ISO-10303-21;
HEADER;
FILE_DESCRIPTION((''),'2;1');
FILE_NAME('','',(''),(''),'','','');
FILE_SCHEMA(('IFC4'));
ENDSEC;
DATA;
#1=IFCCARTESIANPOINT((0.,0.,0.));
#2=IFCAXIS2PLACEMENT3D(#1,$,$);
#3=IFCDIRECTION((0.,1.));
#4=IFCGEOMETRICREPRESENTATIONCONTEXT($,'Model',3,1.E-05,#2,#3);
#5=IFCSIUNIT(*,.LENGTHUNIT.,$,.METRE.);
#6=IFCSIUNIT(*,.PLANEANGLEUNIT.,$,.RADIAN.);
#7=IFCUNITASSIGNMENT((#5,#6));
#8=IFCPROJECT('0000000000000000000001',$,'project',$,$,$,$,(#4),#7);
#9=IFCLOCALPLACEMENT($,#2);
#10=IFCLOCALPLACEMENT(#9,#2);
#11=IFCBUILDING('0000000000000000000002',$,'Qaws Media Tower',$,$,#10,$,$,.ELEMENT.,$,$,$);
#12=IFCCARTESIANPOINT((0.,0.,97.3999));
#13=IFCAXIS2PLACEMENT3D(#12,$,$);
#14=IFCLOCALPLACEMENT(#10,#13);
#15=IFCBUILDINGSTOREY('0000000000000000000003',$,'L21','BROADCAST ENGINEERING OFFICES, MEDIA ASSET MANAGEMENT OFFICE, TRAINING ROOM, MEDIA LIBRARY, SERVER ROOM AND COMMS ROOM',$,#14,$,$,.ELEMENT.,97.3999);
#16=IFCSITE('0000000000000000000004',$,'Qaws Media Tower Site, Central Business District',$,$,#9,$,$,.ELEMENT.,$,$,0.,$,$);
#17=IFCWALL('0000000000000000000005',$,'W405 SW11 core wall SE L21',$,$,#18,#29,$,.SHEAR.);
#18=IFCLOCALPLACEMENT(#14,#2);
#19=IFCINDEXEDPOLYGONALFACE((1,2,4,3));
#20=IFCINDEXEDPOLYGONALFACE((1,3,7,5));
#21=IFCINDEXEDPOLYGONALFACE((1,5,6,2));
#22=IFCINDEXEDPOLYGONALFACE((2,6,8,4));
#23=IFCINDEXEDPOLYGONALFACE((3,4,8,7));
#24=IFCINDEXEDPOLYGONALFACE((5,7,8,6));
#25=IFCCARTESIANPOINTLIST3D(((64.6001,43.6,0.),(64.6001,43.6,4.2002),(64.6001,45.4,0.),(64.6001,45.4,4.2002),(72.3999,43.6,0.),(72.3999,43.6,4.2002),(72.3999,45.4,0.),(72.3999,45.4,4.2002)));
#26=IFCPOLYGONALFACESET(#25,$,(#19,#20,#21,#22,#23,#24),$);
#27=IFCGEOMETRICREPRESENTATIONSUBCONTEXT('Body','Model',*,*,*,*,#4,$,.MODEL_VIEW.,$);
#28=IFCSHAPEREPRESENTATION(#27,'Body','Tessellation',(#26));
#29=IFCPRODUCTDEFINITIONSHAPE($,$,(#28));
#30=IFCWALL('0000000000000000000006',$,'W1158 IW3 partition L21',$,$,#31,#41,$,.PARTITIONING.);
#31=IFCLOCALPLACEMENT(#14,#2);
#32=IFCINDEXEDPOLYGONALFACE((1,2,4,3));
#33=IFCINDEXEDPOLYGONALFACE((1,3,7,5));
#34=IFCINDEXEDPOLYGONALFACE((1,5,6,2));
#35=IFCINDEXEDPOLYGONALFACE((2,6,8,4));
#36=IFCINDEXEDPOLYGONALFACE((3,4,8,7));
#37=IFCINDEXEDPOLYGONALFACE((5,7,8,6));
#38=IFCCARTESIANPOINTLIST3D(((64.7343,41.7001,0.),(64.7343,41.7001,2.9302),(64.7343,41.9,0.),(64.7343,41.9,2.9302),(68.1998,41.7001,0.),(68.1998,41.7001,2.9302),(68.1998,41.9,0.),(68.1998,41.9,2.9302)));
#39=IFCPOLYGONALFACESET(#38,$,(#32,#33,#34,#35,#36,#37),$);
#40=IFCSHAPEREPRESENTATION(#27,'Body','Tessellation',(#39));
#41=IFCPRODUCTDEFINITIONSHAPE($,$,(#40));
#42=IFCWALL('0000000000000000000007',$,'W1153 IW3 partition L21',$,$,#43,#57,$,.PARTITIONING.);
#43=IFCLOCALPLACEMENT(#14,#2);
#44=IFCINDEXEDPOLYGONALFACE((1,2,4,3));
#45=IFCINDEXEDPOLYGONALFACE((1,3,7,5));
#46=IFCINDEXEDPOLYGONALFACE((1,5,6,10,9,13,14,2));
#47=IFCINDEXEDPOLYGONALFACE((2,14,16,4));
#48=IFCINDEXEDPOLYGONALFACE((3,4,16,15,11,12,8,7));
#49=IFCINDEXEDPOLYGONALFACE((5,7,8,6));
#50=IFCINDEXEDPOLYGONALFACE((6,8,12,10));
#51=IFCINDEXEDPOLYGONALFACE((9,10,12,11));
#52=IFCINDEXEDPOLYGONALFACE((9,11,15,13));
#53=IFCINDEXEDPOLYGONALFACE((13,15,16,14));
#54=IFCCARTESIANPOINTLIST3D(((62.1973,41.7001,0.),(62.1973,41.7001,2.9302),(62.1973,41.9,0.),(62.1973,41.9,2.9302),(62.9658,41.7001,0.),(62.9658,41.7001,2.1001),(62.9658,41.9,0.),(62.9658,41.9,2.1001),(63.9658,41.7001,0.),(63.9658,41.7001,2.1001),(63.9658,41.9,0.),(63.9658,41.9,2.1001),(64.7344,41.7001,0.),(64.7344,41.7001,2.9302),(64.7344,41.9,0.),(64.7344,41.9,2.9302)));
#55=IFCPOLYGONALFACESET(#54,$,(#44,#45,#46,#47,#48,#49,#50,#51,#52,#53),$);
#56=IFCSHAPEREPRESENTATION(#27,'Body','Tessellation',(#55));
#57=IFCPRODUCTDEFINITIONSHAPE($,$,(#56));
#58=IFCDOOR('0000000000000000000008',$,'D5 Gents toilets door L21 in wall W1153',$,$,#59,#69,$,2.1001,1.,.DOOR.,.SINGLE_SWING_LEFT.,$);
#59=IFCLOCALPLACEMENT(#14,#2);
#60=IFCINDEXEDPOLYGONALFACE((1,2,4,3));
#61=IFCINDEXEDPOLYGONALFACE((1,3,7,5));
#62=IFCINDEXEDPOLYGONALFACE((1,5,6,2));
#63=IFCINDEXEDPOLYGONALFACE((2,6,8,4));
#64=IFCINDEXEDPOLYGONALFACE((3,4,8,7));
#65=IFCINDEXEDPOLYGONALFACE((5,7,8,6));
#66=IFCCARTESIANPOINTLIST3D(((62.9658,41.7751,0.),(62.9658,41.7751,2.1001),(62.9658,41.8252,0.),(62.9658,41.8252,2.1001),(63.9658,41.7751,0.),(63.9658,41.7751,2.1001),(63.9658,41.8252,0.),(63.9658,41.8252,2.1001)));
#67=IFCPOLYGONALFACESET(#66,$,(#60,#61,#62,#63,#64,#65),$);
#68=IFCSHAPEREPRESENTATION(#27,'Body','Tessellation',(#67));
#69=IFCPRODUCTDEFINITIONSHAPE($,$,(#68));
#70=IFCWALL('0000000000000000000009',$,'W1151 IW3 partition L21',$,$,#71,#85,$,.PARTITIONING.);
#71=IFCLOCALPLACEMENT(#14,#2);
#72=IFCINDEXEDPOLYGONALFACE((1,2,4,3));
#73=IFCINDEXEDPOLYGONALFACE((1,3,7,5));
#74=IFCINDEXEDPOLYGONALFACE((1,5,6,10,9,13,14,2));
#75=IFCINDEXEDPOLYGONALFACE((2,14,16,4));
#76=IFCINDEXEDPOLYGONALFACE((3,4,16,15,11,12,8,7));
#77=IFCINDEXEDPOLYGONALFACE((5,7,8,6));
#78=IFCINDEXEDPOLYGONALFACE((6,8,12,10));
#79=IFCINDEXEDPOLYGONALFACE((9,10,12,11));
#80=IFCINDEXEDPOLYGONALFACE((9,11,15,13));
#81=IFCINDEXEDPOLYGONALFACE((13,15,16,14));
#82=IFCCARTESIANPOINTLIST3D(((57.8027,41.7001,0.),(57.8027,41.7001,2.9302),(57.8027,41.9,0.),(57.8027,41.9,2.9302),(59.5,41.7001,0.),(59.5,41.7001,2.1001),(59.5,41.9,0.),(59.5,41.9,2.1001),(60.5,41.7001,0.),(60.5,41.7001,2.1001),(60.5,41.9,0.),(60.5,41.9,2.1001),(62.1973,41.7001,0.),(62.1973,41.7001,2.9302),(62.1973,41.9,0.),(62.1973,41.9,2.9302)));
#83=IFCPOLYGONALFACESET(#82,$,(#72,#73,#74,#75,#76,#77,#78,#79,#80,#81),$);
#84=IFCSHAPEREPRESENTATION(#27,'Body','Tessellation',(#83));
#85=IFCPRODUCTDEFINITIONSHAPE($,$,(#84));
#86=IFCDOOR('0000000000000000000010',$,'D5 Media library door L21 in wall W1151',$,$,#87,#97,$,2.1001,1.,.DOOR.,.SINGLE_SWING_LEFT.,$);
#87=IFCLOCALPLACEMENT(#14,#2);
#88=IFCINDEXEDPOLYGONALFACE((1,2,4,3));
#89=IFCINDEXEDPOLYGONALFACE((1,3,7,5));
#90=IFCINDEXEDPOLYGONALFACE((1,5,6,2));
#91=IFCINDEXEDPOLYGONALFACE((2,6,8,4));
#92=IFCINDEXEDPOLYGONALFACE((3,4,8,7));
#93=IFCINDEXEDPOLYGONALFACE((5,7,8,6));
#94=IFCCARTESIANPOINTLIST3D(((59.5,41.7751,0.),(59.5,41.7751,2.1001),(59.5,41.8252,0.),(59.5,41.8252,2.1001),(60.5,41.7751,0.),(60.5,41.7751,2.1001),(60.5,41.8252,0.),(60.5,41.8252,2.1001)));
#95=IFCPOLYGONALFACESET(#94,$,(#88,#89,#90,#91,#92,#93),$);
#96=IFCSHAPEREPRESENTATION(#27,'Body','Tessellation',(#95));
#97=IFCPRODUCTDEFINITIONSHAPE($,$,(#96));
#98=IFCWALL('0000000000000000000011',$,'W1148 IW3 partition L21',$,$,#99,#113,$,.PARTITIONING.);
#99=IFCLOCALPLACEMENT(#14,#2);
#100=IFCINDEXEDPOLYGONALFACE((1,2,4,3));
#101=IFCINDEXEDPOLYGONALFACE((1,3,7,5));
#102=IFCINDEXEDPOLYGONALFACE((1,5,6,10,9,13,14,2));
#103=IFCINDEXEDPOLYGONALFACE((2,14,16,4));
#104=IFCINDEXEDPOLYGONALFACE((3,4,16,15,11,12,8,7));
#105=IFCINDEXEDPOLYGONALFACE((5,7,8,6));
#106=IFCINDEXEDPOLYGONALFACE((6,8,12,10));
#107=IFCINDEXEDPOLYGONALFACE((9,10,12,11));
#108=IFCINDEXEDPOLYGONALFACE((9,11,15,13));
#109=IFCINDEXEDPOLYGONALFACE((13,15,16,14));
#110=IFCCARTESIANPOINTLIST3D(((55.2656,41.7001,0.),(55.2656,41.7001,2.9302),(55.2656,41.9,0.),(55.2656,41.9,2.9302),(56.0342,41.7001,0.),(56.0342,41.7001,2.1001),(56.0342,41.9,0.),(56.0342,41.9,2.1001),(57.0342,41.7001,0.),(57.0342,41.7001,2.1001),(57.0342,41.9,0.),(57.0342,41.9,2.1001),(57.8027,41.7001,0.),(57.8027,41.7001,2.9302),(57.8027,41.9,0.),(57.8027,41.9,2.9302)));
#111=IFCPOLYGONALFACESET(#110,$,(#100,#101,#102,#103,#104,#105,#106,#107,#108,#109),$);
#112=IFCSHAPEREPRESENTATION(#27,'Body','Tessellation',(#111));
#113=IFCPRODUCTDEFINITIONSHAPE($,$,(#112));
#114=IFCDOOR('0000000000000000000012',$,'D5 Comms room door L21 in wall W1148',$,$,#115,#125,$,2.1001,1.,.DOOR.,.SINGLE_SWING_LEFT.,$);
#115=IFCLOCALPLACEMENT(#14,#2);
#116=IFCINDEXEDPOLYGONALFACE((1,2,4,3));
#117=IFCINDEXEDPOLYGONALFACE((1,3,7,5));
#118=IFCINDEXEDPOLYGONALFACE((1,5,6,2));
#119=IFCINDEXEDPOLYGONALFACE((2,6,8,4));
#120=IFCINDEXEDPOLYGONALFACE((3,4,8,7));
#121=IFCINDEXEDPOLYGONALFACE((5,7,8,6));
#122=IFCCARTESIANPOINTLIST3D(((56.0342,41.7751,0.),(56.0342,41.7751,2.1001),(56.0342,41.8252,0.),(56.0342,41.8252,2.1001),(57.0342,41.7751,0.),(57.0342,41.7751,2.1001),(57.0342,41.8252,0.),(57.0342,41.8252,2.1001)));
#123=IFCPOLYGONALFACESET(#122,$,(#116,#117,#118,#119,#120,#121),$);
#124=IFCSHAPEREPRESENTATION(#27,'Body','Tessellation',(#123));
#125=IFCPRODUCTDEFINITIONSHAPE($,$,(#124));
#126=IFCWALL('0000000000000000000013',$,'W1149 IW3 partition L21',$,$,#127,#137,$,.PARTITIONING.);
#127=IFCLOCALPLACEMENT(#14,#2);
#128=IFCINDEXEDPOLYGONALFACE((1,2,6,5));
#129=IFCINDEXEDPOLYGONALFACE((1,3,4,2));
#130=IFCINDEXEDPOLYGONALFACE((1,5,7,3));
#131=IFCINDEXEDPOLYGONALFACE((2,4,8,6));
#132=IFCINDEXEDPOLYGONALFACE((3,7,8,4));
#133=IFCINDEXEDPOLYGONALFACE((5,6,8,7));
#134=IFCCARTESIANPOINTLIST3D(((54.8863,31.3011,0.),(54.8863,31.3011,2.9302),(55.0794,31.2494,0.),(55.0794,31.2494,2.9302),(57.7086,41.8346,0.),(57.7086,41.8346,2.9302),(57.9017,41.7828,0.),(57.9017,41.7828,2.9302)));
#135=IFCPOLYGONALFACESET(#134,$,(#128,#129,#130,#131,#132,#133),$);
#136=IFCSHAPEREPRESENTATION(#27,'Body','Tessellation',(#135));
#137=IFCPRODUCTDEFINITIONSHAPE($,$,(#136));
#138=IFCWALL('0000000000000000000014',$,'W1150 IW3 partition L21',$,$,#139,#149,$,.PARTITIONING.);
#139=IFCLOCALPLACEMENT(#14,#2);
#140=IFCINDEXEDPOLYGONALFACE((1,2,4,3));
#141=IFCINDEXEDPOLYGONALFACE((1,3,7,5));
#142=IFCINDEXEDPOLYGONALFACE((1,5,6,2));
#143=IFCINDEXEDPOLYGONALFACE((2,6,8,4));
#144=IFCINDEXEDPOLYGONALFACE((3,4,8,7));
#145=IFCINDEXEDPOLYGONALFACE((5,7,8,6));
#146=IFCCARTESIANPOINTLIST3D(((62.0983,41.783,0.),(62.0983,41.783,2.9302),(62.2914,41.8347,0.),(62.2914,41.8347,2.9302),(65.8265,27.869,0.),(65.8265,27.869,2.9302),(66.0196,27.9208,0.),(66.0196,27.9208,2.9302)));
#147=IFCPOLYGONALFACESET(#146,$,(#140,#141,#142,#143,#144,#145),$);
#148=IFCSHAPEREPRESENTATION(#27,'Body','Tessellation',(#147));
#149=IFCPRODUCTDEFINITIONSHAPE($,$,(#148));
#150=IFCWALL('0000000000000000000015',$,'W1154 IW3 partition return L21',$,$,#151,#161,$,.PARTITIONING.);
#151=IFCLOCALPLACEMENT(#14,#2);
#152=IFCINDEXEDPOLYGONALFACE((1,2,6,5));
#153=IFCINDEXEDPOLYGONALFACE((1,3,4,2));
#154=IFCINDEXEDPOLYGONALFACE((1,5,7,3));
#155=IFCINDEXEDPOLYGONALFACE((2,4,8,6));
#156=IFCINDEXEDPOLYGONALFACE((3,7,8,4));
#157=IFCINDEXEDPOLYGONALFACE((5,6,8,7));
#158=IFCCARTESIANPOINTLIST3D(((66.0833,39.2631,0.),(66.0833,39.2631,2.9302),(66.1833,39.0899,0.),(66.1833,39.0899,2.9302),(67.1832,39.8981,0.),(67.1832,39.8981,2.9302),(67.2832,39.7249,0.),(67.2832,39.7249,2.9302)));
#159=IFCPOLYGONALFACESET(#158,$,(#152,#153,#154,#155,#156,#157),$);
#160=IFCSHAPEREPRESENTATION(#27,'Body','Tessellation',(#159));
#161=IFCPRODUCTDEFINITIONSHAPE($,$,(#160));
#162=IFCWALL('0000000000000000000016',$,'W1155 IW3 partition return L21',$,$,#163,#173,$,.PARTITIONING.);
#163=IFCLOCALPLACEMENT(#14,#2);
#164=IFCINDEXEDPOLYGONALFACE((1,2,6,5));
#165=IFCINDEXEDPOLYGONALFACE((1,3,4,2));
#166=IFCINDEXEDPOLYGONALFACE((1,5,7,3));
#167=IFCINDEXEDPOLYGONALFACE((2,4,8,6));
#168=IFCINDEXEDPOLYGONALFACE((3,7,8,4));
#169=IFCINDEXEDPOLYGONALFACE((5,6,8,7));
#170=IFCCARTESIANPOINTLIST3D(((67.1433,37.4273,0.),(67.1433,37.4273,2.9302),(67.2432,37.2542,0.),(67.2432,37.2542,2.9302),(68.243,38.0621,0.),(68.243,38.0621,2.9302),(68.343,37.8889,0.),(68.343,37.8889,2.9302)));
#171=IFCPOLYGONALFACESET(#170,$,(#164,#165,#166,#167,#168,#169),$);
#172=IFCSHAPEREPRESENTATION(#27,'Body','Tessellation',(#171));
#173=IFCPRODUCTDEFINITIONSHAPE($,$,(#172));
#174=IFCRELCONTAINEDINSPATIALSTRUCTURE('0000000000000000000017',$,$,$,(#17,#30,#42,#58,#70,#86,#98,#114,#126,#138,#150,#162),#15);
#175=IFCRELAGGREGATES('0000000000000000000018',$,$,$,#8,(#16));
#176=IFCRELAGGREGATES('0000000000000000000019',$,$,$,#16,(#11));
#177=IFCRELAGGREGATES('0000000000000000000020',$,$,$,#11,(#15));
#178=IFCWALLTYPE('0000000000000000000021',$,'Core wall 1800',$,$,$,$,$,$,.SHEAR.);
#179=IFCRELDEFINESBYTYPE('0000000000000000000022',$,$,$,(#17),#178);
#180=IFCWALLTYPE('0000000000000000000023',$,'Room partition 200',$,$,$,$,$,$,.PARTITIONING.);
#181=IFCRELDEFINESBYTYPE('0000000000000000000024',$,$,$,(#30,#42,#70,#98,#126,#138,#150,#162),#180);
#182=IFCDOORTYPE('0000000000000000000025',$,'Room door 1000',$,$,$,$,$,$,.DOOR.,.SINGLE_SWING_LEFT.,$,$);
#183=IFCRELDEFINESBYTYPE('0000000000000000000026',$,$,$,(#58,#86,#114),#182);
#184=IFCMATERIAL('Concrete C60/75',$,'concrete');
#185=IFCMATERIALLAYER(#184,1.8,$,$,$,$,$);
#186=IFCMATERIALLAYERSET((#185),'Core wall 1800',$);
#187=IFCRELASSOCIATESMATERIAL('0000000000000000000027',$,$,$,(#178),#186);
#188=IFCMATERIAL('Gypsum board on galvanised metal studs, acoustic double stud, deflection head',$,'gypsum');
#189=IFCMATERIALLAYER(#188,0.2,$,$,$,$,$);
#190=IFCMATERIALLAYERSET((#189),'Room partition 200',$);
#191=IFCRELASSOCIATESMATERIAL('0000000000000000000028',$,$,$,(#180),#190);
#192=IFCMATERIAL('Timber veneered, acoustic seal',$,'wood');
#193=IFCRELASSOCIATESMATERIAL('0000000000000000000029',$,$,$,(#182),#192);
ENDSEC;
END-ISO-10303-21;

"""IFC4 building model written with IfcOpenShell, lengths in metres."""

from ifc_helpers import new_model, si_unit, direction, frame, frame_2d, origin, place, context, subcontext, project, spatial, rectangle, extrude, material, layer, layer_set, type_object, element, fill, save


model = new_model("IFC4")

# Units and contexts
model_context = context("Model", 3, precision=1e-05, world=origin(), true_north=direction((0.0, 1.0)))
body_context = subcontext(model_context, "Body", "Model", "MODEL_VIEW")
ifc_project = project(units=[si_unit("LENGTHUNIT", "METRE"), si_unit("PLANEANGLEUNIT", "RADIAN")], contexts=[model_context])

# Site, building, storey
site_placement = place(None, origin())
site = spatial("IfcSite", under=ifc_project, at=site_placement, Name="Qaws Media Tower Site, Central Business District", CompositionType="ELEMENT", RefElevation=0.0)
building_placement = place(site_placement, origin())
building = spatial("IfcBuilding", under=site, at=building_placement, Name="Qaws Media Tower", CompositionType="ELEMENT")
storey_placement = place(building_placement, frame((0.0, 0.0, 97.3999)))
storey = spatial("IfcBuildingStorey", under=building, at=storey_placement, Name="L21", Description="BROADCAST ENGINEERING OFFICES, MEDIA ASSET MANAGEMENT OFFICE, TRAINING ROOM, MEDIA LIBRARY, SERVER ROOM AND COMMS ROOM", CompositionType="ELEMENT", Elevation=97.3999)

# Walls
ifc_material_1 = material(Name="Concrete C60/75", Category="concrete")
ifc_layer_1 = layer(ifc_material_1, 1.8)
ifc_layer_set_1 = layer_set([ifc_layer_1], Name="Core wall 1800")
wall_type_1 = type_object("IfcWallType", Name="Core wall 1800", PredefinedType="SHEAR", material=ifc_layer_set_1)
wall_1_placement = place(storey_placement, frame((64.6001, 44.5, 0.0), z_axis=(0.0, 0.0, 1.0), x_axis=(1.0, 0.0, 0.0)))
element("IfcWall", 1, at=wall_1_placement, inside=storey, type_object=wall_type_1, Name="W405 SW11 core wall SE L21", PredefinedType="SHEAR", context=body_context, shape_type="SweptSolid", body=[
    extrude(rectangle(XDim=7.7998, YDim=1.8, at=frame_2d((3.8999, 0.0))), origin(), (0.0, 0.0, 1.0), 4.2002),
])
ifc_material_2 = material(Name="Gypsum board on galvanised metal studs, acoustic double stud, deflection head", Category="gypsum")
ifc_layer_2 = layer(ifc_material_2, 0.2)
ifc_layer_set_2 = layer_set([ifc_layer_2], Name="Room partition 200")
wall_type_2 = type_object("IfcWallType", Name="Room partition 200", PredefinedType="PARTITIONING", material=ifc_layer_set_2)
wall_2_placement = place(storey_placement, frame((68.2, 41.8, 0.0), z_axis=(0.0, 0.0, 1.0), x_axis=(-1.0, 0.0, 0.0)))
element("IfcWall", 2, at=wall_2_placement, inside=storey, type_object=wall_type_2, Name="W1158 IW3 partition L21", PredefinedType="PARTITIONING", context=body_context, shape_type="SweptSolid", body=[
    extrude(rectangle(XDim=3.4656, YDim=0.2, at=frame_2d((1.7329, 0.0))), origin(), (0.0, 0.0, 1.0), 2.9302),
])

# Walls, openings, doors
wall_3_placement = place(storey_placement, frame((64.7344, 41.8, 0.0), z_axis=(0.0, 0.0, 1.0), x_axis=(-1.0, 0.0, 0.0)))
wall_3 = element("IfcWall", 3, at=wall_3_placement, inside=storey, type_object=wall_type_2, Name="W1153 IW3 partition L21", PredefinedType="PARTITIONING", context=body_context, shape_type="SweptSolid", body=[
    extrude(rectangle(XDim=2.5371, YDim=0.2, at=frame_2d((1.2686, 0.0))), origin(), (0.0, 0.0, 1.0), 2.9302),
])
opening_1_placement = place(wall_3_placement, frame((0.7686, 0.0, 0.0)))
opening_1 = element("IfcOpeningElement", 4, at=opening_1_placement, cuts=wall_3, PredefinedType="OPENING", context=body_context, shape_type="SweptSolid", body=[
    extrude(rectangle(XDim=1.0, YDim=2.1001, at=frame_2d((0.5, 1.05))), frame((0.0, 0.1099, 0.0), z_axis=(0.0, -1.0, 0.0), x_axis=(1.0, 0.0, 0.0)), (0.0, 0.0, 1.0), 0.22),
])
ifc_material_3 = material(Name="Timber veneered, acoustic seal", Category="wood")
door_type = type_object("IfcDoorType", Name="Room door 1000", OperationType="SINGLE_SWING_LEFT", PredefinedType="DOOR", material=ifc_material_3)
door_1_placement = place(opening_1_placement, origin())
door_1 = element("IfcDoor", 5, at=door_1_placement, inside=storey, type_object=door_type, Name="D5 Gents toilets door L21 in wall W1153", OperationType="SINGLE_SWING_LEFT", OverallHeight=2.1001, OverallWidth=1.0, PredefinedType="DOOR", context=body_context, shape_type="SweptSolid", body=[
    extrude(rectangle(XDim=1.0, YDim=2.1001, at=frame_2d((0.5, 1.05))), frame((0.0, 0.0249, 0.0), z_axis=(0.0, -1.0, 0.0), x_axis=(1.0, 0.0, 0.0)), (0.0, 0.0, 1.0), 0.05),
])
fill(opening_1, door_1)
wall_4_placement = place(storey_placement, frame((62.1973, 41.8, 0.0), z_axis=(0.0, 0.0, 1.0), x_axis=(-1.0, 0.0, 0.0)))
wall_4 = element("IfcWall", 6, at=wall_4_placement, inside=storey, type_object=wall_type_2, Name="W1151 IW3 partition L21", PredefinedType="PARTITIONING", context=body_context, shape_type="SweptSolid", body=[
    extrude(rectangle(XDim=4.3945, YDim=0.2, at=frame_2d((2.1973, 0.0))), origin(), (0.0, 0.0, 1.0), 2.9302),
])
opening_2_placement = place(wall_4_placement, frame((1.6973, 0.0, 0.0)))
opening_2 = element("IfcOpeningElement", 7, at=opening_2_placement, cuts=wall_4, PredefinedType="OPENING", context=body_context, shape_type="SweptSolid", body=[
    extrude(rectangle(XDim=1.0, YDim=2.1001, at=frame_2d((0.5, 1.05))), frame((0.0, 0.1099, 0.0), z_axis=(0.0, -1.0, 0.0), x_axis=(1.0, 0.0, 0.0)), (0.0, 0.0, 1.0), 0.22),
])
door_2_placement = place(opening_2_placement, origin())
door_2 = element("IfcDoor", 8, at=door_2_placement, inside=storey, type_object=door_type, Name="D5 Media library door L21 in wall W1151", OperationType="SINGLE_SWING_LEFT", OverallHeight=2.1001, OverallWidth=1.0, PredefinedType="DOOR", context=body_context, shape_type="SweptSolid", body=[
    extrude(rectangle(XDim=1.0, YDim=2.1001, at=frame_2d((0.5, 1.05))), frame((0.0, 0.0249, 0.0), z_axis=(0.0, -1.0, 0.0), x_axis=(1.0, 0.0, 0.0)), (0.0, 0.0, 1.0), 0.05),
])
fill(opening_2, door_2)
wall_5_placement = place(storey_placement, frame((57.8027, 41.8, 0.0), z_axis=(0.0, 0.0, 1.0), x_axis=(-1.0, 0.0, 0.0)))
wall_5 = element("IfcWall", 9, at=wall_5_placement, inside=storey, type_object=wall_type_2, Name="W1148 IW3 partition L21", PredefinedType="PARTITIONING", context=body_context, shape_type="SweptSolid", body=[
    extrude(rectangle(XDim=2.5371, YDim=0.2, at=frame_2d((1.2686, 0.0))), origin(), (0.0, 0.0, 1.0), 2.9302),
])
opening_3_placement = place(wall_5_placement, frame((0.7686, 0.0, 0.0)))
opening_3 = element("IfcOpeningElement", 10, at=opening_3_placement, cuts=wall_5, PredefinedType="OPENING", context=body_context, shape_type="SweptSolid", body=[
    extrude(rectangle(XDim=1.0, YDim=2.1001, at=frame_2d((0.5, 1.05))), frame((0.0, 0.1099, 0.0), z_axis=(0.0, -1.0, 0.0), x_axis=(1.0, 0.0, 0.0)), (0.0, 0.0, 1.0), 0.22),
])
door_3_placement = place(opening_3_placement, origin())
door_3 = element("IfcDoor", 11, at=door_3_placement, inside=storey, type_object=door_type, Name="D5 Comms room door L21 in wall W1148", OperationType="SINGLE_SWING_LEFT", OverallHeight=2.1001, OverallWidth=1.0, PredefinedType="DOOR", context=body_context, shape_type="SweptSolid", body=[
    extrude(rectangle(XDim=1.0, YDim=2.1001, at=frame_2d((0.5, 1.05))), frame((0.0, 0.0249, 0.0), z_axis=(0.0, -1.0, 0.0), x_axis=(1.0, 0.0, 0.0)), (0.0, 0.0, 1.0), 0.05),
])
fill(opening_3, door_3)

# Walls
wall_6_placement = place(storey_placement, frame((57.8052, 41.8088, 0.0), z_axis=(0.0, 0.0, 1.0), x_axis=(-0.258805, -0.96593, 0.0)))
element("IfcWall", 12, at=wall_6_placement, inside=storey, type_object=wall_type_2, Name="W1149 IW3 partition L21", PredefinedType="PARTITIONING", context=body_context, shape_type="SweptSolid", body=[
    extrude(rectangle(XDim=10.905, YDim=0.2, at=frame_2d((5.4526, 0.0))), origin(), (0.0, 0.0, 1.0), 2.9302),
])
wall_7_placement = place(storey_placement, frame((62.1948, 41.8088, 0.0), z_axis=(0.0, 0.0, 1.0), x_axis=(0.25882, -0.965926, 0.0)))
element("IfcWall", 13, at=wall_7_placement, inside=storey, type_object=wall_type_2, Name="W1150 IW3 partition L21", PredefinedType="PARTITIONING", context=body_context, shape_type="SweptSolid", body=[
    extrude(rectangle(XDim=14.4048, YDim=0.2, at=frame_2d((7.2024, 0.0))), origin(), (0.0, 0.0, 1.0), 2.9302),
])
wall_8_placement = place(storey_placement, frame((66.1333, 39.1765, 0.0), z_axis=(0.0, 0.0, 1.0), x_axis=(0.866022, 0.500005, 0.0)))
element("IfcWall", 14, at=wall_8_placement, inside=storey, type_object=wall_type_2, Name="W1154 IW3 partition return L21", PredefinedType="PARTITIONING", context=body_context, shape_type="SweptSolid", body=[
    extrude(rectangle(XDim=1.27, YDim=0.2, at=frame_2d((0.635, 0.0))), origin(), (0.0, 0.0, 1.0), 2.9302),
])
wall_9_placement = place(storey_placement, frame((67.1934, 37.3408, 0.0), z_axis=(0.0, 0.0, 1.0), x_axis=(0.866106, 0.499861, 0.0)))
element("IfcWall", 15, at=wall_9_placement, inside=storey, type_object=wall_type_2, Name="W1155 IW3 partition return L21", PredefinedType="PARTITIONING", context=body_context, shape_type="SweptSolid", body=[
    extrude(rectangle(XDim=1.2698, YDim=0.2, at=frame_2d((0.6348, 0.0))), origin(), (0.0, 0.0, 1.0), 2.9302),
])

save(model, "model.ifc")
